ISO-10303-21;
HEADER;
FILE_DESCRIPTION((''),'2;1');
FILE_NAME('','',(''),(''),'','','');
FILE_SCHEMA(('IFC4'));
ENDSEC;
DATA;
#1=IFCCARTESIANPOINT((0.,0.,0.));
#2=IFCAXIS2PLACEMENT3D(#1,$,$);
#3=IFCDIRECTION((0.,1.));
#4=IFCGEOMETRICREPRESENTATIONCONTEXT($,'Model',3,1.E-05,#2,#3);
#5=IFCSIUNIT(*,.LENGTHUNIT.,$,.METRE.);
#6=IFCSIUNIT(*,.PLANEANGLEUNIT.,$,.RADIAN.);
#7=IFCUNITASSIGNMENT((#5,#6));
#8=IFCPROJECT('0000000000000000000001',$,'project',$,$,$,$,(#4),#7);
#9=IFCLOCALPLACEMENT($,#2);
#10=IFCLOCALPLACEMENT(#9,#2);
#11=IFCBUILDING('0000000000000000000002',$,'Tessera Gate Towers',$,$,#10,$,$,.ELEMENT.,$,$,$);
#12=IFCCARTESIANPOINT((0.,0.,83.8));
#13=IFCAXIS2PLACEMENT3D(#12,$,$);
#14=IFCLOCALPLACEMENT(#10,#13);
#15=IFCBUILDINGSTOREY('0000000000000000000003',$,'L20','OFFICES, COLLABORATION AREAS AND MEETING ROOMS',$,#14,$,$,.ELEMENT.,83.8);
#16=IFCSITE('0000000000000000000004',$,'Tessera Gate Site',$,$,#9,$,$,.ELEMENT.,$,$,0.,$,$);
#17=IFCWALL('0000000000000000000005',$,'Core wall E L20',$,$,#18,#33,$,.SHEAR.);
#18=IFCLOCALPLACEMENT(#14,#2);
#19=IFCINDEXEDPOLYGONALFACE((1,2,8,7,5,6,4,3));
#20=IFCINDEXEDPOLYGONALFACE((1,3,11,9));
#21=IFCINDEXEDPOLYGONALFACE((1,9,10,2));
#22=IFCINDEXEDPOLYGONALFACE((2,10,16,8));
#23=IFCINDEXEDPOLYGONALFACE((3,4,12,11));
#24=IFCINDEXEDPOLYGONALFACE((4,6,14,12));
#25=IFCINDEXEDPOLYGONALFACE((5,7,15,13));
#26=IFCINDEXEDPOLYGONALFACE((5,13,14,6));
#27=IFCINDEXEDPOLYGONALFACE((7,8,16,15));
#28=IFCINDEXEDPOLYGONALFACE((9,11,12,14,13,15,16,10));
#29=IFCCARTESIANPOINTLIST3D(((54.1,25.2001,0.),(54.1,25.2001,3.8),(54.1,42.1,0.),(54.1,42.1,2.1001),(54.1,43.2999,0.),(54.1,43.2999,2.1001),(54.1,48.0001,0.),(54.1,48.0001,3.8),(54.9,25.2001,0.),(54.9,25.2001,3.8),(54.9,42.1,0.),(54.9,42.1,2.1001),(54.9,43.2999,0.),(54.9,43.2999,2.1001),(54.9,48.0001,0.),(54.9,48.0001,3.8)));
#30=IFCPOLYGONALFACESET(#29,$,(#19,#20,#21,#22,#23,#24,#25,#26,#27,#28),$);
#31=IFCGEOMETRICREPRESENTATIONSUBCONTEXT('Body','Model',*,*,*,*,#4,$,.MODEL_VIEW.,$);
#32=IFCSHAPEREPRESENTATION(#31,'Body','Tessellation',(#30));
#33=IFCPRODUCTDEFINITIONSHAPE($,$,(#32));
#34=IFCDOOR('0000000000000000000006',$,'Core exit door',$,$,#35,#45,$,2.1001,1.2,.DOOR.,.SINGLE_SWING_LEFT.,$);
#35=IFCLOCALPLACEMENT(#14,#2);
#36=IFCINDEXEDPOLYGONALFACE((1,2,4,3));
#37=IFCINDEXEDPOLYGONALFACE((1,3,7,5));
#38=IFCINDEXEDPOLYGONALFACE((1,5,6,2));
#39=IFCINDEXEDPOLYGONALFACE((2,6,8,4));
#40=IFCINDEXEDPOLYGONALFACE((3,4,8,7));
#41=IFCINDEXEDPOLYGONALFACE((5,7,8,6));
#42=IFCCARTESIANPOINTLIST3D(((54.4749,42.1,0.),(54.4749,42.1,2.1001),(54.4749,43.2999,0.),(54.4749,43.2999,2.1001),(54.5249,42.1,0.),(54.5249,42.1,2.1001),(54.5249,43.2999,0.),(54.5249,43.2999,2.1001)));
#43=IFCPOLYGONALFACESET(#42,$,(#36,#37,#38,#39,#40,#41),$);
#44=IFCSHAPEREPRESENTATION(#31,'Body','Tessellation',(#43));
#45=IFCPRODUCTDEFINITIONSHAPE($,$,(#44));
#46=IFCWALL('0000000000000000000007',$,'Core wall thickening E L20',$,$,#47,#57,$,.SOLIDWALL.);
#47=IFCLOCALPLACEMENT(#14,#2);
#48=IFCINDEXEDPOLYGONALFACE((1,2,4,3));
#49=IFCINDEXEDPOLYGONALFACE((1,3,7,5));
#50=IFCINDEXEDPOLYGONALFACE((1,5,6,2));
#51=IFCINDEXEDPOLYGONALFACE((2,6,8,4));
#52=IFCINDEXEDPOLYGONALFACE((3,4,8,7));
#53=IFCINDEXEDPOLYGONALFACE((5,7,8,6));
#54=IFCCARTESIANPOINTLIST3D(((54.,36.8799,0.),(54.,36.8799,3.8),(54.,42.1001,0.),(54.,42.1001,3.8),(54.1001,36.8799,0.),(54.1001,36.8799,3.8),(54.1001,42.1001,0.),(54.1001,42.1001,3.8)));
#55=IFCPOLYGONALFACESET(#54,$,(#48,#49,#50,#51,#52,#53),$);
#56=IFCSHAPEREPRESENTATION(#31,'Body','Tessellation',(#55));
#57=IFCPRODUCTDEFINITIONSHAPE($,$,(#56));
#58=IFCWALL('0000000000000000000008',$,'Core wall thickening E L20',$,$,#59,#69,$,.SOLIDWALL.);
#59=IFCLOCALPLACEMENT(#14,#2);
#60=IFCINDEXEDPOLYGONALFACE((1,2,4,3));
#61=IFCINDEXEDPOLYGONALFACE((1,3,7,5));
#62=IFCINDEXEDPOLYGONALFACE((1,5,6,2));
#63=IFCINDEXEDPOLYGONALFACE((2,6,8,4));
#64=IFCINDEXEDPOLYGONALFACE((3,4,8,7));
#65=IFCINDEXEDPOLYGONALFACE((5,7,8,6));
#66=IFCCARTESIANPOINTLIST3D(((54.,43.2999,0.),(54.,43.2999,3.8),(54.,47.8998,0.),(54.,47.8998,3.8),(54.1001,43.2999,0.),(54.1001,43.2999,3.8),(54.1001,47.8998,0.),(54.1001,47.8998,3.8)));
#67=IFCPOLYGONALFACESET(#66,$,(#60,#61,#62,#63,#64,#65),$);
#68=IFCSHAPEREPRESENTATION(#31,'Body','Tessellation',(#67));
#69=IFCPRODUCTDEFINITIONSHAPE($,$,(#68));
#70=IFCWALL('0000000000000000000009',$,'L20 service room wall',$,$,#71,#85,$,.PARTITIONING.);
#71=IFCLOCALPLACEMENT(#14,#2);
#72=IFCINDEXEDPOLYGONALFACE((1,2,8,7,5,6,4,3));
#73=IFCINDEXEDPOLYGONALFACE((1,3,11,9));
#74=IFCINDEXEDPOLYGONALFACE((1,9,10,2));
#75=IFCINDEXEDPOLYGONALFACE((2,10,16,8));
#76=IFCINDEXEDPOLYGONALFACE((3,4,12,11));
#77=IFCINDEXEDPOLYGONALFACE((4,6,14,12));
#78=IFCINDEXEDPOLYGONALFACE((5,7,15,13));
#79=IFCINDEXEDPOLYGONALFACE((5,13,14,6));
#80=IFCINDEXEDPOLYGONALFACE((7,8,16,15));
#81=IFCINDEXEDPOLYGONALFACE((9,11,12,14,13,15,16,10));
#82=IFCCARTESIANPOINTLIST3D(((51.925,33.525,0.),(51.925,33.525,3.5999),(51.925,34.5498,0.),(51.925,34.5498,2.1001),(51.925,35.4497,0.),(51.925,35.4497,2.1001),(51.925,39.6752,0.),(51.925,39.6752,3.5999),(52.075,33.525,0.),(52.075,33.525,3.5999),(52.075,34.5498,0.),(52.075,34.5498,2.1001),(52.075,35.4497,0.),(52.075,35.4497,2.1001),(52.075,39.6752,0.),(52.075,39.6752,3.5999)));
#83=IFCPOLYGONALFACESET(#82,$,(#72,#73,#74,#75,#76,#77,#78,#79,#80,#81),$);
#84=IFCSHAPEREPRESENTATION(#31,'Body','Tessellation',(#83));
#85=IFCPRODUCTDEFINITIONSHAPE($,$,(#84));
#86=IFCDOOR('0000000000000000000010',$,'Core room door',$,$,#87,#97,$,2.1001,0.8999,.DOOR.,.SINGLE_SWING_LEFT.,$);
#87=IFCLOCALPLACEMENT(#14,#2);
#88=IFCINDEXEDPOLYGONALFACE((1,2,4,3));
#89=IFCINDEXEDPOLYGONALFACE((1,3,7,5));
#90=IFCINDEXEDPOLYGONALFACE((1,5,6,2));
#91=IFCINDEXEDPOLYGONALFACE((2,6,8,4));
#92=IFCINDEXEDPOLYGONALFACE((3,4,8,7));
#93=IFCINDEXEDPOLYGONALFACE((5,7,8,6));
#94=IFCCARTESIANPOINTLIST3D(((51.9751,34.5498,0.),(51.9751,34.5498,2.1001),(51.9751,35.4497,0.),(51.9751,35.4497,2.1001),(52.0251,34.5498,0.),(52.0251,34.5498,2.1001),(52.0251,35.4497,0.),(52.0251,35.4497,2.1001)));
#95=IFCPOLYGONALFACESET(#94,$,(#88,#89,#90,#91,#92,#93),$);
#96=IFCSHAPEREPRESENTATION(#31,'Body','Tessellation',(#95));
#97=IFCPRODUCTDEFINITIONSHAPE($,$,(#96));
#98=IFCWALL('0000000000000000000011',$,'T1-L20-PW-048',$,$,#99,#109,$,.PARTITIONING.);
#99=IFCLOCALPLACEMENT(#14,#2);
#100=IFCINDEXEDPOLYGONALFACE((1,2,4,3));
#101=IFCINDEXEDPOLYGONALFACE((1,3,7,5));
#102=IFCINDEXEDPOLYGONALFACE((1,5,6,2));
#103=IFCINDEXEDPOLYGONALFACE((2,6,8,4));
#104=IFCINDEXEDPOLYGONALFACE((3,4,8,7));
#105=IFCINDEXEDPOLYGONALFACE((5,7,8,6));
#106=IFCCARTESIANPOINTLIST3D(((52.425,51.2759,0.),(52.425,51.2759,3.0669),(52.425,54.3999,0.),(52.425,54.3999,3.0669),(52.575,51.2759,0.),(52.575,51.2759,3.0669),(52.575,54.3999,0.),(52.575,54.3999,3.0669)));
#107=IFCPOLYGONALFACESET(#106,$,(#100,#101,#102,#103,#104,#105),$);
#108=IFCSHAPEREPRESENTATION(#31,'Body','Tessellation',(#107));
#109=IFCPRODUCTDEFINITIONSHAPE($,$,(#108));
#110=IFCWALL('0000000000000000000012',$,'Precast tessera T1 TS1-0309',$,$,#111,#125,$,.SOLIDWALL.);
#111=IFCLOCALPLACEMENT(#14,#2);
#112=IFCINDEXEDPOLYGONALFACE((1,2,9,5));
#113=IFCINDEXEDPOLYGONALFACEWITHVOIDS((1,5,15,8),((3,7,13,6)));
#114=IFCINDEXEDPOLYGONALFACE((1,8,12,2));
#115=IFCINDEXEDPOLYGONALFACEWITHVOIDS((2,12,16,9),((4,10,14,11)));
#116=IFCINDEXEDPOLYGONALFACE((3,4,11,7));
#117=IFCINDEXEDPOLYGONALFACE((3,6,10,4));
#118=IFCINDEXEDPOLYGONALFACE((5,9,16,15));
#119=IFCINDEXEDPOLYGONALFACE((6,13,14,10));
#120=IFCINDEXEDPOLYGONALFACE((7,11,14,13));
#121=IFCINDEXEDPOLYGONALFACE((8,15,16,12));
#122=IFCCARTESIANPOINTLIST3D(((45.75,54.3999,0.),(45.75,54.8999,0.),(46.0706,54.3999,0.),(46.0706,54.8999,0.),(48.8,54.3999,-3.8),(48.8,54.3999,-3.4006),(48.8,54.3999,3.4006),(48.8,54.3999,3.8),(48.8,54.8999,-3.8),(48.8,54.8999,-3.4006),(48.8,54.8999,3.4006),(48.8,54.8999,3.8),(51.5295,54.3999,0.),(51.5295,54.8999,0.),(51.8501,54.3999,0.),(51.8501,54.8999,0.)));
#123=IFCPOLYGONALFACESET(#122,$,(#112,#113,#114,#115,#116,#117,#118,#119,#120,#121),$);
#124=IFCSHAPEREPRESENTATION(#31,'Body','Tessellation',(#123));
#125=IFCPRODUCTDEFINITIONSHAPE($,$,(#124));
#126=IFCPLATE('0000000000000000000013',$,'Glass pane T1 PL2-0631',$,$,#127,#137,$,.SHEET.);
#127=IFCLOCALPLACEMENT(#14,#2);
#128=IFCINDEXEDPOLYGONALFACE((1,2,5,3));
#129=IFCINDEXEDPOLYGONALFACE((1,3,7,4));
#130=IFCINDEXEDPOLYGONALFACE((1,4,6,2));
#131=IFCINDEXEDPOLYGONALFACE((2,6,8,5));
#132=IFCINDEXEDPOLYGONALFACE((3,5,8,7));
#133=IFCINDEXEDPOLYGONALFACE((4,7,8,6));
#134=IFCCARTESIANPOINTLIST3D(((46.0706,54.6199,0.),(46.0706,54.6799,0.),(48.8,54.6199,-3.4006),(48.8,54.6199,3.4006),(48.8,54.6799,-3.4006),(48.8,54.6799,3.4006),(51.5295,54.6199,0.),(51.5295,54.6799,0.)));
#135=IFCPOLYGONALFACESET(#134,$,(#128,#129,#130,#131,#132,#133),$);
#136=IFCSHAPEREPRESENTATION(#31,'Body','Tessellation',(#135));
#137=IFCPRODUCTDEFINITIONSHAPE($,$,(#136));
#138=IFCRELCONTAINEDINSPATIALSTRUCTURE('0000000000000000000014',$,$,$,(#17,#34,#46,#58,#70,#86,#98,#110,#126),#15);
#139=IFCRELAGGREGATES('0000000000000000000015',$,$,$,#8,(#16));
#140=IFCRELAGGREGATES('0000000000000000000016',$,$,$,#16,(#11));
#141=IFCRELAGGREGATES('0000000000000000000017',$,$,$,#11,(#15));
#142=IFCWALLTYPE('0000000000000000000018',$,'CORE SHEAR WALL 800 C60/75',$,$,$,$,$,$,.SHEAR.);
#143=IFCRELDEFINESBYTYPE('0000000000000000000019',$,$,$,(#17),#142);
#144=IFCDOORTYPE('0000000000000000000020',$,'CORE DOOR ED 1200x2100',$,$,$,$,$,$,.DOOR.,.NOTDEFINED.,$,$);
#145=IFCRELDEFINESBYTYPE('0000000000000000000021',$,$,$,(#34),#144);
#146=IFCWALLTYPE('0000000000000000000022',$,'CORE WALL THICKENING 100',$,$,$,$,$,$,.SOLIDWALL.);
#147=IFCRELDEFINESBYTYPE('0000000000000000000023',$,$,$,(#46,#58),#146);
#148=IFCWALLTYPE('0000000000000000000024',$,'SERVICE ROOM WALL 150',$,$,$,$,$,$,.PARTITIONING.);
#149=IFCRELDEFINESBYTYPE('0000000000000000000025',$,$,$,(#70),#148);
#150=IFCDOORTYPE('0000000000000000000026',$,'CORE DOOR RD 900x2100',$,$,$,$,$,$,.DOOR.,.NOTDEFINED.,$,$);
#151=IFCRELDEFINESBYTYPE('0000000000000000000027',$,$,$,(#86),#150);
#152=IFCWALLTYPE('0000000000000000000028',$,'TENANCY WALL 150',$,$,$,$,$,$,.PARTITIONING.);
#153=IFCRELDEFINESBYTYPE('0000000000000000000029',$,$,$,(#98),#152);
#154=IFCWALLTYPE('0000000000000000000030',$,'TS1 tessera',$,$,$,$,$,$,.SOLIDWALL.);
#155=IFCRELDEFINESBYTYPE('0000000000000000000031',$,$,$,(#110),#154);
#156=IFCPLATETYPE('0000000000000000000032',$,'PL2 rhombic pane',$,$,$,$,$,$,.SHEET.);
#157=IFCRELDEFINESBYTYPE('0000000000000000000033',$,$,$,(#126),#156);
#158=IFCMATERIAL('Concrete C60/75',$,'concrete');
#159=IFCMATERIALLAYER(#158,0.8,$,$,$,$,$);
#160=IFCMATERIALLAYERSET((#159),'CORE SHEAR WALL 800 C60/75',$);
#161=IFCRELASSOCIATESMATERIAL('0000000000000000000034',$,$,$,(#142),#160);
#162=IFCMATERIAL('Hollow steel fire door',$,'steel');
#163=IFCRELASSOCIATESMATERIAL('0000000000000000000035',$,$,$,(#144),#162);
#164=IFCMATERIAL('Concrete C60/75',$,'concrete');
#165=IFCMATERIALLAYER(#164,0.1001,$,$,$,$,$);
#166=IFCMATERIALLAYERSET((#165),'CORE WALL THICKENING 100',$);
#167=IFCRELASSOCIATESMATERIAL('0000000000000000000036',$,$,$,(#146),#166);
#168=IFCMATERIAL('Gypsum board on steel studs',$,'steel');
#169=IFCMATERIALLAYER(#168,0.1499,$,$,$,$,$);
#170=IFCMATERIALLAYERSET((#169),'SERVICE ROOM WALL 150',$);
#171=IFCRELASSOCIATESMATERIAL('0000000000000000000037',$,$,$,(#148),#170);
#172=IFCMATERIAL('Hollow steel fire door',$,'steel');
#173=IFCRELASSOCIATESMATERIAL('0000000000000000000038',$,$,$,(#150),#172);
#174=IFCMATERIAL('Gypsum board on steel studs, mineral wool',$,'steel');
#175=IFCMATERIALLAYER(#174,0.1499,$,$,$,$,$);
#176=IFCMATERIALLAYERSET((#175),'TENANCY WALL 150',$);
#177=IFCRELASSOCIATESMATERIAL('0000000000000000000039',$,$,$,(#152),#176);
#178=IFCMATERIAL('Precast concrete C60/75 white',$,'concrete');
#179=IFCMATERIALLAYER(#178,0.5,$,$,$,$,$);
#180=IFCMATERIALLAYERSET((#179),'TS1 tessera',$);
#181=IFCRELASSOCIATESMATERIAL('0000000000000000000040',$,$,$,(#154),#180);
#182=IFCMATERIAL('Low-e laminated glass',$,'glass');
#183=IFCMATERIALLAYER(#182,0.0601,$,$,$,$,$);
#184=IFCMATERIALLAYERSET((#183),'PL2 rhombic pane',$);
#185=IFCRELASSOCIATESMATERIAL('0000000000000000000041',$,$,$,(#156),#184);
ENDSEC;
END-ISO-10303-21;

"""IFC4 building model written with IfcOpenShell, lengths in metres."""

from ifc_helpers import new_model, si_unit, direction, frame, frame_2d, origin, place, context, subcontext, project, spatial, polyline, rectangle, outline, extrude, source, transform, mapped, material, layer, layer_set, type_object, element, fill, save


model = new_model("IFC4")

# Units and contexts
model_context = context("Model", 3, precision=1e-05, world=origin(), true_north=direction((0.0, 1.0)))
body_context = subcontext(model_context, "Body", "Model", "MODEL_VIEW")
ifc_project = project(units=[si_unit("LENGTHUNIT", "METRE"), si_unit("PLANEANGLEUNIT", "RADIAN")], contexts=[model_context])

# Site, building, storey
site_placement = place(None, origin())
site = spatial("IfcSite", under=ifc_project, at=site_placement, Name="Tessera Gate Site", CompositionType="ELEMENT", RefElevation=0.0)
building_placement = place(site_placement, origin())
building = spatial("IfcBuilding", under=site, at=building_placement, Name="Tessera Gate Towers", CompositionType="ELEMENT")
storey_placement = place(building_placement, frame((0.0, 0.0, 83.8)))
storey = spatial("IfcBuildingStorey", under=building, at=storey_placement, Name="L20", Description="OFFICES, COLLABORATION AREAS AND MEETING ROOMS", CompositionType="ELEMENT", Elevation=83.8)

# Shared definitions
shared_shape_1 = source(origin(), body_context, "Body", "SweptSolid", [
    extrude(rectangle(XDim=1.2, YDim=2.1001, at=frame_2d((0.6001, 1.05))), frame((0.0, 0.0249, 0.0), z_axis=(0.0, -1.0, 0.0), x_axis=(1.0, 0.0, 0.0)), (0.0, 0.0, 1.0), 0.05),
])

# Wall, opening, door
ifc_material_1 = material(Name="Concrete C60/75", Category="concrete")
ifc_layer_1 = layer(ifc_material_1, 0.8)
ifc_layer_set_1 = layer_set([ifc_layer_1], Name="CORE SHEAR WALL 800 C60/75")
wall_type_1 = type_object("IfcWallType", Name="CORE SHEAR WALL 800 C60/75", PredefinedType="SHEAR", material=ifc_layer_set_1)
wall_1_placement = place(storey_placement, frame((54.5, 48.0, 0.0), z_axis=(0.0, 0.0, 1.0), x_axis=(0.0, -1.0, 0.0)))
wall_1 = element("IfcWall", 1, at=wall_1_placement, inside=storey, type_object=wall_type_1, Name="Core wall E L20", PredefinedType="SHEAR", context=body_context, shape_type="SweptSolid", body=[
    extrude(rectangle(XDim=22.8, YDim=0.8, at=frame_2d((11.3999, 0.0))), origin(), (0.0, 0.0, 1.0), 3.8),
])
shared_shape_2 = source(origin(), body_context, "Body", "SweptSolid", [
    extrude(rectangle(XDim=1.2, YDim=2.1001, at=frame_2d((0.6001, 1.05))), frame((0.0, 0.4099, 0.0), z_axis=(0.0, -1.0, 0.0), x_axis=(1.0, 0.0, 0.0)), (0.0, 0.0, 1.0), 0.8201),
])
opening_1_placement = place(wall_1_placement, frame((4.7, 0.0, 0.0)))
opening_1 = element("IfcOpeningElement", 2, at=opening_1_placement, cuts=wall_1, PredefinedType="OPENING", context=body_context, shape_type="MappedRepresentation", body=[
    mapped(shared_shape_2, transform((0.0, 0.0, 0.0), scale=1.0)),
])
ifc_material_2 = material(Name="Hollow steel fire door", Category="steel")
door_type_1 = type_object("IfcDoorType", Name="CORE DOOR ED 1200x2100", OperationType="NOTDEFINED", PredefinedType="DOOR", material=ifc_material_2)
door_1_placement = place(opening_1_placement, origin())
door_1 = element("IfcDoor", 3, at=door_1_placement, inside=storey, type_object=door_type_1, Name="Core exit door", OperationType="SINGLE_SWING_LEFT", OverallHeight=2.1001, OverallWidth=1.2, PredefinedType="DOOR", context=body_context, shape_type="MappedRepresentation", body=[
    mapped(shared_shape_1, transform((0.0, 0.0, 0.0), scale=1.0)),
])
fill(opening_1, door_1)

# Walls
ifc_material_3 = material(Name="Concrete C60/75", Category="concrete")
ifc_layer_2 = layer(ifc_material_3, 0.1001)
ifc_layer_set_2 = layer_set([ifc_layer_2], Name="CORE WALL THICKENING 100")
wall_type_2 = type_object("IfcWallType", Name="CORE WALL THICKENING 100", PredefinedType="SOLIDWALL", material=ifc_layer_set_2)
wall_2_placement = place(storey_placement, frame((54.05, 36.8799, 0.0), z_axis=(0.0, 0.0, 1.0), x_axis=(0.0, 1.0, 0.0)))
element("IfcWall", 4, at=wall_2_placement, inside=storey, type_object=wall_type_2, Name="Core wall thickening E L20", PredefinedType="SOLIDWALL", context=body_context, shape_type="SweptSolid", body=[
    extrude(rectangle(XDim=5.2202, YDim=0.1001, at=frame_2d((2.6101, 0.0))), origin(), (0.0, 0.0, 1.0), 3.8),
])
wall_3_placement = place(storey_placement, frame((54.05, 43.3, 0.0), z_axis=(0.0, 0.0, 1.0), x_axis=(0.0, 1.0, 0.0)))
element("IfcWall", 5, at=wall_3_placement, inside=storey, type_object=wall_type_2, Name="Core wall thickening E L20", PredefinedType="SOLIDWALL", context=body_context, shape_type="SweptSolid", body=[
    extrude(rectangle(XDim=4.5999, YDim=0.1001, at=frame_2d((2.2998, 0.0))), origin(), (0.0, 0.0, 1.0), 3.8),
])

# Wall, opening, door
ifc_material_4 = material(Name="Gypsum board on steel studs", Category="steel")
ifc_layer_3 = layer(ifc_material_4, 0.1499)
ifc_layer_set_3 = layer_set([ifc_layer_3], Name="SERVICE ROOM WALL 150")
wall_type_3 = type_object("IfcWallType", Name="SERVICE ROOM WALL 150", PredefinedType="PARTITIONING", material=ifc_layer_set_3)
wall_4_placement = place(storey_placement, frame((52.0, 33.5249, 0.0), z_axis=(0.0, 0.0, 1.0), x_axis=(0.0, 1.0, 0.0)))
wall_4 = element("IfcWall", 6, at=wall_4_placement, inside=storey, type_object=wall_type_3, Name="L20 service room wall", PredefinedType="PARTITIONING", context=body_context, shape_type="SweptSolid", body=[
    extrude(rectangle(XDim=6.1501, YDim=0.1499, at=frame_2d((3.0752, 0.0))), origin(), (0.0, 0.0, 1.0), 3.5999),
])
shared_shape_3 = source(origin(), body_context, "Body", "SweptSolid", [
    extrude(rectangle(XDim=0.8999, YDim=2.1001, at=frame_2d((0.45, 1.05))), frame((0.0, 0.085, 0.0), z_axis=(0.0, -1.0, 0.0), x_axis=(1.0, 0.0, 0.0)), (0.0, 0.0, 1.0), 0.1699),
])
opening_2_placement = place(wall_4_placement, frame((1.0249, 0.0, 0.0)))
opening_2 = element("IfcOpeningElement", 7, at=opening_2_placement, cuts=wall_4, PredefinedType="OPENING", context=body_context, shape_type="MappedRepresentation", body=[
    mapped(shared_shape_3, transform((0.0, 0.0, 0.0), scale=1.0)),
])
ifc_material_5 = material(Name="Hollow steel fire door", Category="steel")
door_type_2 = type_object("IfcDoorType", Name="CORE DOOR RD 900x2100", OperationType="NOTDEFINED", PredefinedType="DOOR", material=ifc_material_5)
shared_shape_4 = source(origin(), body_context, "Body", "SweptSolid", [
    extrude(rectangle(XDim=0.8999, YDim=2.1001, at=frame_2d((0.45, 1.05))), frame((0.0, 0.0249, 0.0), z_axis=(0.0, -1.0, 0.0), x_axis=(1.0, 0.0, 0.0)), (0.0, 0.0, 1.0), 0.05),
])
door_2_placement = place(opening_2_placement, origin())
door_2 = element("IfcDoor", 8, at=door_2_placement, inside=storey, type_object=door_type_2, Name="Core room door", OperationType="SINGLE_SWING_LEFT", OverallHeight=2.1001, OverallWidth=0.8999, PredefinedType="DOOR", context=body_context, shape_type="MappedRepresentation", body=[
    mapped(shared_shape_4, transform((0.0, 0.0, 0.0), scale=1.0)),
])
fill(opening_2, door_2)

# Wall
ifc_material_6 = material(Name="Gypsum board on steel studs, mineral wool", Category="steel")
ifc_layer_4 = layer(ifc_material_6, 0.1499)
ifc_layer_set_4 = layer_set([ifc_layer_4], Name="TENANCY WALL 150")
wall_type_4 = type_object("IfcWallType", Name="TENANCY WALL 150", PredefinedType="PARTITIONING", material=ifc_layer_set_4)
wall_5_placement = place(storey_placement, frame((52.5, 51.2759, 0.0), z_axis=(0.0, 0.0, 1.0), x_axis=(0.0, 1.0, 0.0)))
element("IfcWall", 9, at=wall_5_placement, inside=storey, type_object=wall_type_4, Name="T1-L20-PW-048", PredefinedType="PARTITIONING", context=body_context, shape_type="SweptSolid", body=[
    extrude(rectangle(XDim=3.124, YDim=0.1499, at=frame_2d((1.562, 0.0))), origin(), (0.0, 0.0, 1.0), 3.0669),
])

# Wall, opening, plate
ifc_material_7 = material(Name="Precast concrete C60/75 white", Category="concrete")
ifc_layer_5 = layer(ifc_material_7, 0.5)
ifc_layer_set_5 = layer_set([ifc_layer_5], Name="TS1 tessera")
wall_type_5 = type_object("IfcWallType", Name="TS1 tessera", PredefinedType="SOLIDWALL", material=ifc_layer_set_5)
shared_shape_5 = source(origin(), body_context, "Body", "SweptSolid", [
    extrude(outline(polyline([(3.05, 0.0), (6.1001, 3.8), (3.05, 7.6001), (0.0, 3.8), (3.05, 0.0)])), frame((0.0, 0.25, 0.0), z_axis=(0.0, -1.0, 0.0), x_axis=(1.0, 0.0, 0.0)), (0.0, 0.0, 1.0), 0.5),
])
wall_6_placement = place(storey_placement, frame((51.8501, 54.6499, -3.8), z_axis=(0.0, 0.0, 1.0), x_axis=(-1.0, 0.0, 0.0)))
wall_6 = element("IfcWall", 10, at=wall_6_placement, inside=storey, type_object=wall_type_5, Name="Precast tessera T1 TS1-0309", PredefinedType="SOLIDWALL", context=body_context, shape_type="MappedRepresentation", body=[
    mapped(shared_shape_5, transform((0.0, 0.0, 0.0), scale=1.0)),
])
shared_shape_6 = source(origin(), body_context, "Body", "SweptSolid", [
    extrude(outline(polyline([(3.05, 0.3994), (5.7795, 3.8), (3.05, 7.2007), (0.3206, 3.8), (3.05, 0.3994)])), frame((0.0, 0.26, 0.0), z_axis=(0.0, -1.0, 0.0), x_axis=(1.0, 0.0, 0.0)), (0.0, 0.0, 1.0), 0.52),
])
opening_3_placement = place(wall_6_placement, origin())
opening_3 = element("IfcOpeningElement", 11, at=opening_3_placement, cuts=wall_6, PredefinedType="OPENING", context=body_context, shape_type="MappedRepresentation", body=[
    mapped(shared_shape_6, transform((0.0, 0.0, 0.0), scale=1.0)),
])
ifc_material_8 = material(Name="Low-e laminated glass", Category="glass")
ifc_layer_6 = layer(ifc_material_8, 0.0601)
ifc_layer_set_6 = layer_set([ifc_layer_6], Name="PL2 rhombic pane")
plate_type = type_object("IfcPlateType", Name="PL2 rhombic pane", PredefinedType="SHEET", material=ifc_layer_set_6)
shared_shape_7 = source(origin(), body_context, "Body", "SweptSolid", [
    extrude(outline(polyline([(3.05, 0.3994), (5.7795, 3.8), (3.05, 7.2007), (0.3206, 3.8), (3.05, 0.3994)])), frame((0.0, 0.03, 0.0), z_axis=(0.0, -1.0, 0.0), x_axis=(1.0, 0.0, 0.0)), (0.0, 0.0, 1.0), 0.0601),
])
plate_placement = place(opening_3_placement, origin())
plate = element("IfcPlate", 12, at=plate_placement, inside=storey, type_object=plate_type, Name="Glass pane T1 PL2-0631", PredefinedType="SHEET", context=body_context, shape_type="MappedRepresentation", body=[
    mapped(shared_shape_7, transform((0.0, 0.0, 0.0), scale=1.0)),
])
fill(opening_3, plate)

save(model, "model.ifc")
